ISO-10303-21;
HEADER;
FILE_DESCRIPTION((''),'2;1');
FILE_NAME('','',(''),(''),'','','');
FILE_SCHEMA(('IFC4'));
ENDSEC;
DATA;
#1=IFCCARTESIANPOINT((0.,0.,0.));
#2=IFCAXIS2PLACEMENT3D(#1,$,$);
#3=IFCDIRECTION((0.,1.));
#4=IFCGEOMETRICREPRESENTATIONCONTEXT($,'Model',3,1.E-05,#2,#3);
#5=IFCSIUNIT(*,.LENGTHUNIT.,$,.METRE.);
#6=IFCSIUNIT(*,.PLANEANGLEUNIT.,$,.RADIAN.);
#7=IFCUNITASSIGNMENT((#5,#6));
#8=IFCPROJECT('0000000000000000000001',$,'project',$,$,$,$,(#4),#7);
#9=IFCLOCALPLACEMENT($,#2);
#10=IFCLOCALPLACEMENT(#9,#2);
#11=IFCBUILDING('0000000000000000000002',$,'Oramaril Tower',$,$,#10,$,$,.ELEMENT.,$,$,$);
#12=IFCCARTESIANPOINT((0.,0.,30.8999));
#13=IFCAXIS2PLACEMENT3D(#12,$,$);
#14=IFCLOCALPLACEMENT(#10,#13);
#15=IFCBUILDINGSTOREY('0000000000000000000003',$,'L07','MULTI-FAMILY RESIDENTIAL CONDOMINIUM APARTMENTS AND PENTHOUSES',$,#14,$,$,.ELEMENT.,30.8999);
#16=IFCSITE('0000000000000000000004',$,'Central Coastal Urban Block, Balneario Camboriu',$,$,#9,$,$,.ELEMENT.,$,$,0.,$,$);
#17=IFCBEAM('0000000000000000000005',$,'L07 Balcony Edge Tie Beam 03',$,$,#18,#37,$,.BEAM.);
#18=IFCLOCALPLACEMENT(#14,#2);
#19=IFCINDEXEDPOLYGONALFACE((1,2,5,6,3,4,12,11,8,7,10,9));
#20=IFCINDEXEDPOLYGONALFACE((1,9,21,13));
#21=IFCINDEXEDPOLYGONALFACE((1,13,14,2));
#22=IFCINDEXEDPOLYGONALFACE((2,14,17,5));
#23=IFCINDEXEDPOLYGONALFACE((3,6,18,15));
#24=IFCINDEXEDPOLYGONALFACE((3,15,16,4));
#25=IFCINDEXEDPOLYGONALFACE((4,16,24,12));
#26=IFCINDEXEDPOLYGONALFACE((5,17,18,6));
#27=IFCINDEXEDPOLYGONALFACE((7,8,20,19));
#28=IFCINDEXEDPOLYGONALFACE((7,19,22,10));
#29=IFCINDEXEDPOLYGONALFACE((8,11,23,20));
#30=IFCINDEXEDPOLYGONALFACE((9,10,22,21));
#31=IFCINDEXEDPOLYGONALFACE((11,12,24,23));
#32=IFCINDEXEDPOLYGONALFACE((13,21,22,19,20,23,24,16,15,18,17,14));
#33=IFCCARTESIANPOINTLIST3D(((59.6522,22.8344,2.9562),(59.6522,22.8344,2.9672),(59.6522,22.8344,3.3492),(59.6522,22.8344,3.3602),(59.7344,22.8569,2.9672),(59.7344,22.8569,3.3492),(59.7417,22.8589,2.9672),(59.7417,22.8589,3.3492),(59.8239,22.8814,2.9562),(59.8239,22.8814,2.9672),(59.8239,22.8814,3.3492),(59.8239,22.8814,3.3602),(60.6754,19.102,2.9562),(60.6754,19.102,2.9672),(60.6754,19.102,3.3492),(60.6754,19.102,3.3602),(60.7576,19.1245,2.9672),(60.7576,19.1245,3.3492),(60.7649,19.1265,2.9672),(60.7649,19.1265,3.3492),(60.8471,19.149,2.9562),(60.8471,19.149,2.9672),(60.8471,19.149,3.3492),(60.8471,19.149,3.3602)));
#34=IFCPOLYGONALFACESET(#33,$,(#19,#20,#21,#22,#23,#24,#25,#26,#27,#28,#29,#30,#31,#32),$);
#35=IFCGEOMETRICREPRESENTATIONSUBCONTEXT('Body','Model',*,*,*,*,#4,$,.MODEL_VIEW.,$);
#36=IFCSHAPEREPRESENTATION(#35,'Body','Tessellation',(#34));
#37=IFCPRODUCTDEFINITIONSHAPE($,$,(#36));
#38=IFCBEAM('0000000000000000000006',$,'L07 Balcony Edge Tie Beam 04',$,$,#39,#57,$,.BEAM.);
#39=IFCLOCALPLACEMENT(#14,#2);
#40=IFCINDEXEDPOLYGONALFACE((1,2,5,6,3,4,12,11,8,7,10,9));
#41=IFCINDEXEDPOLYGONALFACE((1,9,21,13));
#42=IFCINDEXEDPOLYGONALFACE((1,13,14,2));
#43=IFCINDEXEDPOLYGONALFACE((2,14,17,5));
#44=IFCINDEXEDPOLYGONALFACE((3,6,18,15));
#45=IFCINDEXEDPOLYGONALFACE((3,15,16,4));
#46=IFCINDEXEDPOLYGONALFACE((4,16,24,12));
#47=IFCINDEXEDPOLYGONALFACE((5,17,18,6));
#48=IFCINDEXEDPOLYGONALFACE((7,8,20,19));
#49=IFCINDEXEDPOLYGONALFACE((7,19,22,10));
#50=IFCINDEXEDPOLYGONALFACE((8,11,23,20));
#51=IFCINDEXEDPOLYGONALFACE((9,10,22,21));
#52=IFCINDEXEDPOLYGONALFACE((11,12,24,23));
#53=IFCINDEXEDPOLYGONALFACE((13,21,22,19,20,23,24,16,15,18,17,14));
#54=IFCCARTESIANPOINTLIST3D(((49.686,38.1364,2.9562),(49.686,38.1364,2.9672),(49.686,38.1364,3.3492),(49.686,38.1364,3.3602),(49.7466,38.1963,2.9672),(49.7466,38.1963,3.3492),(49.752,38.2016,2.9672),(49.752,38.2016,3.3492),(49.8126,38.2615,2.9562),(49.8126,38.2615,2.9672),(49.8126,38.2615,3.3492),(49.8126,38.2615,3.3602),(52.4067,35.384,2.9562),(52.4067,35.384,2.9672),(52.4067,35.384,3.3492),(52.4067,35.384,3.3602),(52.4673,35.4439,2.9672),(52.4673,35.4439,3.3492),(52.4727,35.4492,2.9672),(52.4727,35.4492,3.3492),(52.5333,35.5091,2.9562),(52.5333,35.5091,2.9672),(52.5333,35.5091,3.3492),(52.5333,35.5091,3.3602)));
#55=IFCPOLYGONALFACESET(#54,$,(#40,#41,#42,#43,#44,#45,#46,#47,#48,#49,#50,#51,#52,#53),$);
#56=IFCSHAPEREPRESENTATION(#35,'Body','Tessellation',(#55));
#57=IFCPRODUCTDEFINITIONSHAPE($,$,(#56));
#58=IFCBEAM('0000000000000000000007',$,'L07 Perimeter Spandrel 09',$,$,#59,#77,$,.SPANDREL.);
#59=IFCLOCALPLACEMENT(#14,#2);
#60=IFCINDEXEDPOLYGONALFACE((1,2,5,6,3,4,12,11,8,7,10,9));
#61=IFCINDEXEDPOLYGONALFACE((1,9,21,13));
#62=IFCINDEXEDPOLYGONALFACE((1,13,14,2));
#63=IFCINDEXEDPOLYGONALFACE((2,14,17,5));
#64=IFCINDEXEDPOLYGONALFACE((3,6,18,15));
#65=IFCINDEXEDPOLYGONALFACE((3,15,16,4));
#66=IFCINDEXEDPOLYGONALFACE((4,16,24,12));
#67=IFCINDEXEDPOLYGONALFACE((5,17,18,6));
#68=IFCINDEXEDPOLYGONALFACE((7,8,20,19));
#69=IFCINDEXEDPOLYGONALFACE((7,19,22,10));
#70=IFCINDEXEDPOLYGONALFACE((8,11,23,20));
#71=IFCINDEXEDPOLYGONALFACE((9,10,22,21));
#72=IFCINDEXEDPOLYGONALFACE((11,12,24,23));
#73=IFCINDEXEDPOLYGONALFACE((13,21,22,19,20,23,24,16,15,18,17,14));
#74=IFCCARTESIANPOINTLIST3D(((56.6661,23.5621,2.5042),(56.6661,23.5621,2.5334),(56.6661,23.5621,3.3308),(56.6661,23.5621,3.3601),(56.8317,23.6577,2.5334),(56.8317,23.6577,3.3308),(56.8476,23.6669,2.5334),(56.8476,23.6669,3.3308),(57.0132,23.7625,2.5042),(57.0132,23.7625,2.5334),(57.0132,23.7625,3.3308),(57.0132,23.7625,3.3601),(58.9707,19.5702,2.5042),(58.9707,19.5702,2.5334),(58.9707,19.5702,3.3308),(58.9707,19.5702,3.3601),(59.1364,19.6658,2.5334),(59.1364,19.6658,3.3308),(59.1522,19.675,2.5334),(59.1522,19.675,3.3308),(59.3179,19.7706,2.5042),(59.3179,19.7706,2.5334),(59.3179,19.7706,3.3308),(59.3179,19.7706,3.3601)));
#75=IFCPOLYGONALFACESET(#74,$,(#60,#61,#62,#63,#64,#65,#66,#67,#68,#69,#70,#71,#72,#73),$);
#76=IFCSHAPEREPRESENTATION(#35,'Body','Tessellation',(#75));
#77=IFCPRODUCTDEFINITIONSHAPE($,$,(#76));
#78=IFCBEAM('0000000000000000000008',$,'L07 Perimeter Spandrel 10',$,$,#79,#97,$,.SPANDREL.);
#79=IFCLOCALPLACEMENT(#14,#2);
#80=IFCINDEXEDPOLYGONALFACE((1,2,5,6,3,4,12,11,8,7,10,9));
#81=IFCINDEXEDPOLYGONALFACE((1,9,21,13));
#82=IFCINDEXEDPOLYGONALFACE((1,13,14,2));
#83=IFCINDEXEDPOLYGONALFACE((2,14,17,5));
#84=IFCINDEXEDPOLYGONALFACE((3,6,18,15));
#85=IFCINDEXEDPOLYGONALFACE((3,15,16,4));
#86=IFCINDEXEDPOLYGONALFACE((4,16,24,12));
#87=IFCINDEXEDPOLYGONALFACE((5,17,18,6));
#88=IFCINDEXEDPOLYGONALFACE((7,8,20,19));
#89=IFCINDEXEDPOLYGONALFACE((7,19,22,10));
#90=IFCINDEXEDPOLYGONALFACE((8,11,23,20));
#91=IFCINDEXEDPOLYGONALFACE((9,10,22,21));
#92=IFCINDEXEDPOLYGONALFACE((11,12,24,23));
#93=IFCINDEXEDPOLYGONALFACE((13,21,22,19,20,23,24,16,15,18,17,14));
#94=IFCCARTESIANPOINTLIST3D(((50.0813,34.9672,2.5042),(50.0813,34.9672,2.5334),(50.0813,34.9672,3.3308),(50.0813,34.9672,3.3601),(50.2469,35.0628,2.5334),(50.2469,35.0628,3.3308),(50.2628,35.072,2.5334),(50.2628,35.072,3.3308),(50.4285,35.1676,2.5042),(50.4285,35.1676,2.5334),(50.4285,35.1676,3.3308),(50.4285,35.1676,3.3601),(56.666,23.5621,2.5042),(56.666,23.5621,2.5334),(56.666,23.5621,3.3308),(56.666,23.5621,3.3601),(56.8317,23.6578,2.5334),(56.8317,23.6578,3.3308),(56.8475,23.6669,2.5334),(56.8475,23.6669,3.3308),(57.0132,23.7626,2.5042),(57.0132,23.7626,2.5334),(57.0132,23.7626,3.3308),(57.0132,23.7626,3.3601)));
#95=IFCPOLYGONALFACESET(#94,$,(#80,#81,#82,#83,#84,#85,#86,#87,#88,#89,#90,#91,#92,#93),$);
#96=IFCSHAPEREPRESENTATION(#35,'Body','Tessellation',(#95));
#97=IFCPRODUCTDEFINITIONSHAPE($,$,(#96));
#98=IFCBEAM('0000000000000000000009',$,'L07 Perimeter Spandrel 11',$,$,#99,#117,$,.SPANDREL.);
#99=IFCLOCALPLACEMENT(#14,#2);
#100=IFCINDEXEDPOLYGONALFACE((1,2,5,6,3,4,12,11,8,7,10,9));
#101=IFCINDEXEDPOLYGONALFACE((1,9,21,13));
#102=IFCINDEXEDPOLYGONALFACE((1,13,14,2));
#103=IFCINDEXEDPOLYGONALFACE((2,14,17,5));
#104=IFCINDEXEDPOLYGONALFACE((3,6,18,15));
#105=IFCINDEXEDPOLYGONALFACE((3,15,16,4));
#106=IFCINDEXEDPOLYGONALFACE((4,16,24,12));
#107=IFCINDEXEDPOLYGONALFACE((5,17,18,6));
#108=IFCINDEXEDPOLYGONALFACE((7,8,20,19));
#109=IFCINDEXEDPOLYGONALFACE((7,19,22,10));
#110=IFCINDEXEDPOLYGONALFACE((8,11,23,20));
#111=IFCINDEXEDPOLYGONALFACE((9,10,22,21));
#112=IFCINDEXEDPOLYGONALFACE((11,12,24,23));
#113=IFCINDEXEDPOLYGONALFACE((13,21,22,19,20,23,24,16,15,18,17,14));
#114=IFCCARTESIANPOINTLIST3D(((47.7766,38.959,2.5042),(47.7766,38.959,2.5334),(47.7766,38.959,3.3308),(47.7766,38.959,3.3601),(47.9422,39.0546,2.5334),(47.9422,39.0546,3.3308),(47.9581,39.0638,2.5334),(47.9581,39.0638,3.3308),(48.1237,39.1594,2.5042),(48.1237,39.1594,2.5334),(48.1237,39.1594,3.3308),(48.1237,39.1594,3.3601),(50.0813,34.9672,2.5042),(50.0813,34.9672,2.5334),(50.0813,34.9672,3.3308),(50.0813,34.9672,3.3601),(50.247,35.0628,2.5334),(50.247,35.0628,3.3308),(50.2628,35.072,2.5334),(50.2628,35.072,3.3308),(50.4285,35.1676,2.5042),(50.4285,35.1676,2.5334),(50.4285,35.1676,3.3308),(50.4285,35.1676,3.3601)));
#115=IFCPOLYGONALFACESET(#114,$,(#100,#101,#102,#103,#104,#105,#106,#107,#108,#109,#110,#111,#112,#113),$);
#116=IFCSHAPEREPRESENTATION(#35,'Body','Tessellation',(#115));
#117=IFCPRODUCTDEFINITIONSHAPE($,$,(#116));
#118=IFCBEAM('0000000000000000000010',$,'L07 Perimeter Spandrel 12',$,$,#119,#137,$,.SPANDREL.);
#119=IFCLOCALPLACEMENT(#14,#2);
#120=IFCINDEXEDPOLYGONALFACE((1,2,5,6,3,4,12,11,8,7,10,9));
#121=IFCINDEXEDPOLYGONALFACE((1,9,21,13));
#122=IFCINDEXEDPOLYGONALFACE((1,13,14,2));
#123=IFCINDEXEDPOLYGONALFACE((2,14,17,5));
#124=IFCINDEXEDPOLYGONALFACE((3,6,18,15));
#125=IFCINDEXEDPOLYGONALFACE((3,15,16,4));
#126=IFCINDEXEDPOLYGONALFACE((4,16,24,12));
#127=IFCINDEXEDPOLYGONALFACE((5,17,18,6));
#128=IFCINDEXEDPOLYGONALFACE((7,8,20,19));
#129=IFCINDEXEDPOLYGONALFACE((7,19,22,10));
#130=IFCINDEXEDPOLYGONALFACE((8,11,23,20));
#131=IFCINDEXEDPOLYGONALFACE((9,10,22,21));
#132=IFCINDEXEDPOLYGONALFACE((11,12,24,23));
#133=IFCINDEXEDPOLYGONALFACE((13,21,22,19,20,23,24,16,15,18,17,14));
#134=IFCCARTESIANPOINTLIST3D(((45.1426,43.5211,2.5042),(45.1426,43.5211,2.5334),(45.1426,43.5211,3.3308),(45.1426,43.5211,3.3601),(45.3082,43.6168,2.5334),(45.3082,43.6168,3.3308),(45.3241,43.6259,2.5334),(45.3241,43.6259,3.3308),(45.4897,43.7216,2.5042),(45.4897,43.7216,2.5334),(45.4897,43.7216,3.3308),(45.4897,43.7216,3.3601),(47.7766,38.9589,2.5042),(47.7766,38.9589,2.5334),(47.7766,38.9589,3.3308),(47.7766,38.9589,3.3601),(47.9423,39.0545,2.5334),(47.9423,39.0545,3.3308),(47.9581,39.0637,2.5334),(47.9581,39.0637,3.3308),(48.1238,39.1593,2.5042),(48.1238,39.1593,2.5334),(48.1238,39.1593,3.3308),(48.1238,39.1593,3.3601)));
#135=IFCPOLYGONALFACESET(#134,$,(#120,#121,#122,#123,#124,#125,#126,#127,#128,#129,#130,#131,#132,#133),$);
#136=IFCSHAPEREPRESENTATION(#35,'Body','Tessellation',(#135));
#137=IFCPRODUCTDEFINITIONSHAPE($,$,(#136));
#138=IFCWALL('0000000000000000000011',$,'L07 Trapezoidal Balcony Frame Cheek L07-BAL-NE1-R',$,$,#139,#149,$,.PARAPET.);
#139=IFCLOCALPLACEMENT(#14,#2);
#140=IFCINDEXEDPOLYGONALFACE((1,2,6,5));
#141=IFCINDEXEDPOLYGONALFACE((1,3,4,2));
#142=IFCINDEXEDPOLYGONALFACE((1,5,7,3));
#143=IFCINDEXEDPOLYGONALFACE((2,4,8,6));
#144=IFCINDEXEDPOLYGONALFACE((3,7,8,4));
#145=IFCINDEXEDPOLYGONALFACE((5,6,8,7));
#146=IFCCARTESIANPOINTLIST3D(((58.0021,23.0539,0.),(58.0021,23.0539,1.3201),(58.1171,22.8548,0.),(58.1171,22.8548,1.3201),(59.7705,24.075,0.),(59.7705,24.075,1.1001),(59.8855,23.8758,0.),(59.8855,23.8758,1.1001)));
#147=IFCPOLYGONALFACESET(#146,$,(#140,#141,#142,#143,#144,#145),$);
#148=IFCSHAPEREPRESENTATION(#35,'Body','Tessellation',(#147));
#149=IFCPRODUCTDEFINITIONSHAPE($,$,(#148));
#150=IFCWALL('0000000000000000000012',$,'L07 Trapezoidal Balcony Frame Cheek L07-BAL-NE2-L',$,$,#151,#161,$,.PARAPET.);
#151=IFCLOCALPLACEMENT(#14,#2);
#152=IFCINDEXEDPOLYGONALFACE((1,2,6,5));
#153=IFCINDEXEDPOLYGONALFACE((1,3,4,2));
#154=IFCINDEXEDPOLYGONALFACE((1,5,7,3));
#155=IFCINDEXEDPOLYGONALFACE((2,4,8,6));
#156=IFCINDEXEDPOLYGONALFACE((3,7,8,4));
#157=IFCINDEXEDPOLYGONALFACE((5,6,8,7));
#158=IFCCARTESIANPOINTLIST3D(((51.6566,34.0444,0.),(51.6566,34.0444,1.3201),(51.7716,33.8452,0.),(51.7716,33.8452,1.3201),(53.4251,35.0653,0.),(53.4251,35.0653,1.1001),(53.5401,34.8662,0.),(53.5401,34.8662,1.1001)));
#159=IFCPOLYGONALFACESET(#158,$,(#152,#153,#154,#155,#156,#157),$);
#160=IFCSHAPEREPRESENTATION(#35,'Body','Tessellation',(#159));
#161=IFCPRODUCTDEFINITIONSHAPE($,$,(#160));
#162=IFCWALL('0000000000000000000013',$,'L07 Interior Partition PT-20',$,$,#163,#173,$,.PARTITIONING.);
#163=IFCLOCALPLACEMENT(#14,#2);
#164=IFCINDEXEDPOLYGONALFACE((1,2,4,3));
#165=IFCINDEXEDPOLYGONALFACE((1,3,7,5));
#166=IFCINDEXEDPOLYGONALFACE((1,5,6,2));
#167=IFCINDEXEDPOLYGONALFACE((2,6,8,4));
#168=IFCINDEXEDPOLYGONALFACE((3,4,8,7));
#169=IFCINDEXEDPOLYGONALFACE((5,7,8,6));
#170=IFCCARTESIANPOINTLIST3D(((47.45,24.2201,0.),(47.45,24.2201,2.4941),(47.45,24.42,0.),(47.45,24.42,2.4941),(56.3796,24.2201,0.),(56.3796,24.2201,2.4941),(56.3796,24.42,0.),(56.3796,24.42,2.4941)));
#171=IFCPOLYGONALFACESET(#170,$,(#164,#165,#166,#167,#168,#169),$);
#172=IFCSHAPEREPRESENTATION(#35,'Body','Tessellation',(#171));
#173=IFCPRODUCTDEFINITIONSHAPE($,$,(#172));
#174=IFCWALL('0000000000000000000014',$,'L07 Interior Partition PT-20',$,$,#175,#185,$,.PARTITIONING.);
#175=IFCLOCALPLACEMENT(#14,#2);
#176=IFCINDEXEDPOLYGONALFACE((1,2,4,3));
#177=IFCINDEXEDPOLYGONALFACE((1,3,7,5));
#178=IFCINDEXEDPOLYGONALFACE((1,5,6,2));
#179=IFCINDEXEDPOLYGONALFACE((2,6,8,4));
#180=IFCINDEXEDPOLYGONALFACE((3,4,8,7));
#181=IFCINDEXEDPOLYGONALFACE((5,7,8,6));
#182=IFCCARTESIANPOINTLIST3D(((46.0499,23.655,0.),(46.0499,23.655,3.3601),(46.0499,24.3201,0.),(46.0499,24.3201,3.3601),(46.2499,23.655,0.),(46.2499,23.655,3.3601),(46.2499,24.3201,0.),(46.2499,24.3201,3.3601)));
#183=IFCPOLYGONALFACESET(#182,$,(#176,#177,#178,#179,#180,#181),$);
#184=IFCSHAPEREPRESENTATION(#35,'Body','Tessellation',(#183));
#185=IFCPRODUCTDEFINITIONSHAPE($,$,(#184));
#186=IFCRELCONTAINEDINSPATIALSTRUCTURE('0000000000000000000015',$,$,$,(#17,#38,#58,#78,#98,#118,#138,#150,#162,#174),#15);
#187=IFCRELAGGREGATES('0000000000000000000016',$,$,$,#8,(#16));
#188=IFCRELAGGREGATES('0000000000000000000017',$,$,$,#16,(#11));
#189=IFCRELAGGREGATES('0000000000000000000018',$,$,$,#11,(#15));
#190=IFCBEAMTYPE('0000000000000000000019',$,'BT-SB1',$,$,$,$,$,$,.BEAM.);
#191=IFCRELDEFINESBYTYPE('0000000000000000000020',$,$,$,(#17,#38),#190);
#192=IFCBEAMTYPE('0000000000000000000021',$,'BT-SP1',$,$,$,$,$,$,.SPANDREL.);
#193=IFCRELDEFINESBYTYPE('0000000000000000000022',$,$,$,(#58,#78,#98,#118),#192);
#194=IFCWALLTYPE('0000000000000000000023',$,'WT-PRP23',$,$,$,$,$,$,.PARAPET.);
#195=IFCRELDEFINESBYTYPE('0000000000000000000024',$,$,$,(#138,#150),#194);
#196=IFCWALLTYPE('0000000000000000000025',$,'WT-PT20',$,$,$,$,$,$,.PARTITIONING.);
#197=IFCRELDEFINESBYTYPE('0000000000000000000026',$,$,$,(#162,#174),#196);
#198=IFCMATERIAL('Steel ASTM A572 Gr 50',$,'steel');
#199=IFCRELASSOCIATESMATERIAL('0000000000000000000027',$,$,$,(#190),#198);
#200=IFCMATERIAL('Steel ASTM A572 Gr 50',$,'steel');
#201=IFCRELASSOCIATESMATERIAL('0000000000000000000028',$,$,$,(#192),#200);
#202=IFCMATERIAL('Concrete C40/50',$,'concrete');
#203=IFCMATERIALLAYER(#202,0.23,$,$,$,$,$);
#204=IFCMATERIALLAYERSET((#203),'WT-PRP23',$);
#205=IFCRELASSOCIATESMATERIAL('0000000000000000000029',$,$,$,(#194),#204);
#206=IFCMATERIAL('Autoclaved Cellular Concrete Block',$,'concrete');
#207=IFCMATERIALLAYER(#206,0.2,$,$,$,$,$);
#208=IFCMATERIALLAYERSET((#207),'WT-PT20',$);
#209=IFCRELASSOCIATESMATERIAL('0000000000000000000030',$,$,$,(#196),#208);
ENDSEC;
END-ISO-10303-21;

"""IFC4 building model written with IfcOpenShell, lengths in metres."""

from ifc_helpers import new_model, si_unit, direction, frame, frame_2d, origin, origin_2d, place, context, subcontext, project, spatial, polyline, rectangle, i_section, outline, extrude, material, layer, layer_set, material_profile, profile_set, type_object, element, save


model = new_model("IFC4")

# Units and contexts
model_context = context("Model", 3, precision=1e-05, world=origin(), true_north=direction((0.0, 1.0)))
body_context = subcontext(model_context, "Body", "Model", "MODEL_VIEW")
ifc_project = project(units=[si_unit("LENGTHUNIT", "METRE"), si_unit("PLANEANGLEUNIT", "RADIAN")], contexts=[model_context])

# Site, building, storey
site_placement = place(None, origin())
site = spatial("IfcSite", under=ifc_project, at=site_placement, Name="Central Coastal Urban Block, Balneario Camboriu", CompositionType="ELEMENT", RefElevation=0.0)
building_placement = place(site_placement, origin())
building = spatial("IfcBuilding", under=site, at=building_placement, Name="Oramaril Tower", CompositionType="ELEMENT")
storey_placement = place(building_placement, frame((0.0, 0.0, 30.8999)))
storey = spatial("IfcBuildingStorey", under=building, at=storey_placement, Name="L07", Description="MULTI-FAMILY RESIDENTIAL CONDOMINIUM APARTMENTS AND PENTHOUSES", CompositionType="ELEMENT", Elevation=30.8999)

# Beams
ifc_material_1 = material(Name="Steel ASTM A572 Gr 50", Category="steel")
ifc_material_profile_1 = material_profile(ifc_material_1, i_section(OverallWidth=0.178, OverallDepth=0.4041, WebThickness=0.0076, FlangeThickness=0.011, at=origin_2d()), Name="W16X36")
ifc_profile_set_1 = profile_set([ifc_material_profile_1], Name="Steel ASTM A572 Gr 50")
beam_type_1 = type_object("IfcBeamType", Name="BT-SB1", PredefinedType="BEAM", material=ifc_profile_set_1)
for number, where, z_axis, x_axis, name in (
    (1, (60.7612, 19.1255, 3.1582), (-0.264382, 0.964418, 0.0), (-0.964418, -0.264382, 0.0), "L07 Balcony Edge Tie Beam 03"),
    (2, (52.47, 35.4465, 3.1582), (-0.702995, 0.711195, 0.0), (-0.711195, -0.702995, 0.0), "L07 Balcony Edge Tie Beam 04"),
):
    element("IfcBeam", number, at=place(storey_placement, frame(where, z_axis=z_axis, x_axis=x_axis)), inside=storey, type_object=beam_type_1, Name=name, PredefinedType="BEAM", context=body_context, shape_type="SweptSolid", body=[
        extrude(i_section(OverallWidth=0.178, OverallDepth=0.4041, WebThickness=0.0076, FlangeThickness=0.011, at=origin_2d()), origin(), (0.0, 0.0, 1.0), 3.8701),
    ])
ifc_material_2 = material(Name="Steel ASTM A572 Gr 50", Category="steel")
ifc_material_profile_2 = material_profile(ifc_material_2, i_section(OverallWidth=0.4009, OverallDepth=0.856, WebThickness=0.0183, FlangeThickness=0.0293, at=origin_2d()), Name="W33X201")
ifc_profile_set_2 = profile_set([ifc_material_profile_2], Name="Steel ASTM A572 Gr 50")
beam_type_2 = type_object("IfcBeamType", Name="BT-SP1", PredefinedType="SPANDREL", material=ifc_profile_set_2)
beam_1_placement = place(storey_placement, frame((59.1443, 19.6704, 2.9321), z_axis=(-0.49999, 0.866031, 0.0), x_axis=(-0.866031, -0.49999, 0.0)))
element("IfcBeam", 3, at=beam_1_placement, inside=storey, type_object=beam_type_2, Name="L07 Perimeter Spandrel 09", PredefinedType="SPANDREL", context=body_context, shape_type="SweptSolid", body=[
    extrude(i_section(OverallWidth=0.4009, OverallDepth=0.856, WebThickness=0.0183, FlangeThickness=0.0293, at=origin_2d()), origin(), (0.0, 0.0, 1.0), 4.6094),
])
beam_2_placement = place(storey_placement, frame((56.8396, 23.6624, 2.9321), z_axis=(-0.500001, 0.866025, 0.0), x_axis=(-0.866025, -0.500001, 0.0)))
element("IfcBeam", 4, at=beam_2_placement, inside=storey, type_object=beam_type_2, Name="L07 Perimeter Spandrel 10", PredefinedType="SPANDREL", context=body_context, shape_type="SweptSolid", body=[
    extrude(i_section(OverallWidth=0.4009, OverallDepth=0.856, WebThickness=0.0183, FlangeThickness=0.0293, at=origin_2d()), origin(), (0.0, 0.0, 1.0), 13.1694),
])
beam_3_placement = place(storey_placement, frame((50.2549, 35.0674, 2.9321), z_axis=(-0.500013, 0.866018, 0.0), x_axis=(-0.866018, -0.500013, 0.0)))
element("IfcBeam", 5, at=beam_3_placement, inside=storey, type_object=beam_type_2, Name="L07 Perimeter Spandrel 11", PredefinedType="SPANDREL", context=body_context, shape_type="SweptSolid", body=[
    extrude(i_section(OverallWidth=0.4009, OverallDepth=0.856, WebThickness=0.0183, FlangeThickness=0.0293, at=origin_2d()), origin(), (0.0, 0.0, 1.0), 4.6094),
])
beam_4_placement = place(storey_placement, frame((47.9502, 39.0591, 2.9321), z_axis=(-0.500002, 0.866024, 0.0), x_axis=(-0.866024, -0.500002, 0.0)))
element("IfcBeam", 6, at=beam_4_placement, inside=storey, type_object=beam_type_2, Name="L07 Perimeter Spandrel 12", PredefinedType="SPANDREL", context=body_context, shape_type="SweptSolid", body=[
    extrude(i_section(OverallWidth=0.4009, OverallDepth=0.856, WebThickness=0.0183, FlangeThickness=0.0293, at=origin_2d()), origin(), (0.0, 0.0, 1.0), 5.2681),
])

# Walls
ifc_material_3 = material(Name="Concrete C40/50", Category="concrete")
ifc_layer_1 = layer(ifc_material_3, 0.23)
ifc_layer_set_1 = layer_set([ifc_layer_1], Name="WT-PRP23")
wall_type_1 = type_object("IfcWallType", Name="WT-PRP23", PredefinedType="PARAPET", material=ifc_layer_set_1)
for number, where, z_axis, x_axis, name in (
    (7, (58.0596, 22.9543, 0.0), (0.0, 0.0, 1.0), (0.866012, 0.500023, 0.0), "L07 Trapezoidal Balcony Frame Cheek L07-BAL-NE1-R"),
    (8, (51.7141, 33.9448, 0.0), (0.0, 0.0, 1.0), (0.866042, 0.499971, 0.0), "L07 Trapezoidal Balcony Frame Cheek L07-BAL-NE2-L"),
):
    element("IfcWall", number, at=place(storey_placement, frame(where, z_axis=z_axis, x_axis=x_axis)), inside=storey, type_object=wall_type_1, Name=name, PredefinedType="PARAPET", context=body_context, shape_type="SweptSolid", body=[
        extrude(outline(polyline([(0.0, 0.0), (2.042, 0.0), (2.042, 1.1001), (0.0, 1.3201), (0.0, 0.0)])), frame((0.0, 0.115, 0.0), z_axis=(0.0, -1.0, 0.0), x_axis=(1.0, 0.0, 0.0)), (0.0, 0.0, 1.0), 0.23),
    ])
ifc_material_4 = material(Name="Autoclaved Cellular Concrete Block", Category="concrete")
ifc_layer_2 = layer(ifc_material_4, 0.2)
ifc_layer_set_2 = layer_set([ifc_layer_2], Name="WT-PT20")
wall_type_2 = type_object("IfcWallType", Name="WT-PT20", PredefinedType="PARTITIONING", material=ifc_layer_set_2)
wall_1_placement = place(storey_placement, frame((47.45, 24.3201, 0.0), z_axis=(0.0, 0.0, 1.0), x_axis=(1.0, 0.0, 0.0)))
element("IfcWall", 9, at=wall_1_placement, inside=storey, type_object=wall_type_2, Name="L07 Interior Partition PT-20", PredefinedType="PARTITIONING", context=body_context, shape_type="SweptSolid", body=[
    extrude(rectangle(XDim=8.9297, YDim=0.2, at=frame_2d((4.4648, 0.0))), origin(), (0.0, 0.0, 1.0), 2.4941),
])
wall_2_placement = place(storey_placement, frame((46.1499, 23.655, 0.0), z_axis=(0.0, 0.0, 1.0), x_axis=(0.0, 1.0, 0.0)))
element("IfcWall", 10, at=wall_2_placement, inside=storey, type_object=wall_type_2, Name="L07 Interior Partition PT-20", PredefinedType="PARTITIONING", context=body_context, shape_type="SweptSolid", body=[
    extrude(rectangle(XDim=0.665, YDim=0.2, at=frame_2d((0.3325, 0.0))), origin(), (0.0, 0.0, 1.0), 3.3601),
])

save(model, "model.ifc")
